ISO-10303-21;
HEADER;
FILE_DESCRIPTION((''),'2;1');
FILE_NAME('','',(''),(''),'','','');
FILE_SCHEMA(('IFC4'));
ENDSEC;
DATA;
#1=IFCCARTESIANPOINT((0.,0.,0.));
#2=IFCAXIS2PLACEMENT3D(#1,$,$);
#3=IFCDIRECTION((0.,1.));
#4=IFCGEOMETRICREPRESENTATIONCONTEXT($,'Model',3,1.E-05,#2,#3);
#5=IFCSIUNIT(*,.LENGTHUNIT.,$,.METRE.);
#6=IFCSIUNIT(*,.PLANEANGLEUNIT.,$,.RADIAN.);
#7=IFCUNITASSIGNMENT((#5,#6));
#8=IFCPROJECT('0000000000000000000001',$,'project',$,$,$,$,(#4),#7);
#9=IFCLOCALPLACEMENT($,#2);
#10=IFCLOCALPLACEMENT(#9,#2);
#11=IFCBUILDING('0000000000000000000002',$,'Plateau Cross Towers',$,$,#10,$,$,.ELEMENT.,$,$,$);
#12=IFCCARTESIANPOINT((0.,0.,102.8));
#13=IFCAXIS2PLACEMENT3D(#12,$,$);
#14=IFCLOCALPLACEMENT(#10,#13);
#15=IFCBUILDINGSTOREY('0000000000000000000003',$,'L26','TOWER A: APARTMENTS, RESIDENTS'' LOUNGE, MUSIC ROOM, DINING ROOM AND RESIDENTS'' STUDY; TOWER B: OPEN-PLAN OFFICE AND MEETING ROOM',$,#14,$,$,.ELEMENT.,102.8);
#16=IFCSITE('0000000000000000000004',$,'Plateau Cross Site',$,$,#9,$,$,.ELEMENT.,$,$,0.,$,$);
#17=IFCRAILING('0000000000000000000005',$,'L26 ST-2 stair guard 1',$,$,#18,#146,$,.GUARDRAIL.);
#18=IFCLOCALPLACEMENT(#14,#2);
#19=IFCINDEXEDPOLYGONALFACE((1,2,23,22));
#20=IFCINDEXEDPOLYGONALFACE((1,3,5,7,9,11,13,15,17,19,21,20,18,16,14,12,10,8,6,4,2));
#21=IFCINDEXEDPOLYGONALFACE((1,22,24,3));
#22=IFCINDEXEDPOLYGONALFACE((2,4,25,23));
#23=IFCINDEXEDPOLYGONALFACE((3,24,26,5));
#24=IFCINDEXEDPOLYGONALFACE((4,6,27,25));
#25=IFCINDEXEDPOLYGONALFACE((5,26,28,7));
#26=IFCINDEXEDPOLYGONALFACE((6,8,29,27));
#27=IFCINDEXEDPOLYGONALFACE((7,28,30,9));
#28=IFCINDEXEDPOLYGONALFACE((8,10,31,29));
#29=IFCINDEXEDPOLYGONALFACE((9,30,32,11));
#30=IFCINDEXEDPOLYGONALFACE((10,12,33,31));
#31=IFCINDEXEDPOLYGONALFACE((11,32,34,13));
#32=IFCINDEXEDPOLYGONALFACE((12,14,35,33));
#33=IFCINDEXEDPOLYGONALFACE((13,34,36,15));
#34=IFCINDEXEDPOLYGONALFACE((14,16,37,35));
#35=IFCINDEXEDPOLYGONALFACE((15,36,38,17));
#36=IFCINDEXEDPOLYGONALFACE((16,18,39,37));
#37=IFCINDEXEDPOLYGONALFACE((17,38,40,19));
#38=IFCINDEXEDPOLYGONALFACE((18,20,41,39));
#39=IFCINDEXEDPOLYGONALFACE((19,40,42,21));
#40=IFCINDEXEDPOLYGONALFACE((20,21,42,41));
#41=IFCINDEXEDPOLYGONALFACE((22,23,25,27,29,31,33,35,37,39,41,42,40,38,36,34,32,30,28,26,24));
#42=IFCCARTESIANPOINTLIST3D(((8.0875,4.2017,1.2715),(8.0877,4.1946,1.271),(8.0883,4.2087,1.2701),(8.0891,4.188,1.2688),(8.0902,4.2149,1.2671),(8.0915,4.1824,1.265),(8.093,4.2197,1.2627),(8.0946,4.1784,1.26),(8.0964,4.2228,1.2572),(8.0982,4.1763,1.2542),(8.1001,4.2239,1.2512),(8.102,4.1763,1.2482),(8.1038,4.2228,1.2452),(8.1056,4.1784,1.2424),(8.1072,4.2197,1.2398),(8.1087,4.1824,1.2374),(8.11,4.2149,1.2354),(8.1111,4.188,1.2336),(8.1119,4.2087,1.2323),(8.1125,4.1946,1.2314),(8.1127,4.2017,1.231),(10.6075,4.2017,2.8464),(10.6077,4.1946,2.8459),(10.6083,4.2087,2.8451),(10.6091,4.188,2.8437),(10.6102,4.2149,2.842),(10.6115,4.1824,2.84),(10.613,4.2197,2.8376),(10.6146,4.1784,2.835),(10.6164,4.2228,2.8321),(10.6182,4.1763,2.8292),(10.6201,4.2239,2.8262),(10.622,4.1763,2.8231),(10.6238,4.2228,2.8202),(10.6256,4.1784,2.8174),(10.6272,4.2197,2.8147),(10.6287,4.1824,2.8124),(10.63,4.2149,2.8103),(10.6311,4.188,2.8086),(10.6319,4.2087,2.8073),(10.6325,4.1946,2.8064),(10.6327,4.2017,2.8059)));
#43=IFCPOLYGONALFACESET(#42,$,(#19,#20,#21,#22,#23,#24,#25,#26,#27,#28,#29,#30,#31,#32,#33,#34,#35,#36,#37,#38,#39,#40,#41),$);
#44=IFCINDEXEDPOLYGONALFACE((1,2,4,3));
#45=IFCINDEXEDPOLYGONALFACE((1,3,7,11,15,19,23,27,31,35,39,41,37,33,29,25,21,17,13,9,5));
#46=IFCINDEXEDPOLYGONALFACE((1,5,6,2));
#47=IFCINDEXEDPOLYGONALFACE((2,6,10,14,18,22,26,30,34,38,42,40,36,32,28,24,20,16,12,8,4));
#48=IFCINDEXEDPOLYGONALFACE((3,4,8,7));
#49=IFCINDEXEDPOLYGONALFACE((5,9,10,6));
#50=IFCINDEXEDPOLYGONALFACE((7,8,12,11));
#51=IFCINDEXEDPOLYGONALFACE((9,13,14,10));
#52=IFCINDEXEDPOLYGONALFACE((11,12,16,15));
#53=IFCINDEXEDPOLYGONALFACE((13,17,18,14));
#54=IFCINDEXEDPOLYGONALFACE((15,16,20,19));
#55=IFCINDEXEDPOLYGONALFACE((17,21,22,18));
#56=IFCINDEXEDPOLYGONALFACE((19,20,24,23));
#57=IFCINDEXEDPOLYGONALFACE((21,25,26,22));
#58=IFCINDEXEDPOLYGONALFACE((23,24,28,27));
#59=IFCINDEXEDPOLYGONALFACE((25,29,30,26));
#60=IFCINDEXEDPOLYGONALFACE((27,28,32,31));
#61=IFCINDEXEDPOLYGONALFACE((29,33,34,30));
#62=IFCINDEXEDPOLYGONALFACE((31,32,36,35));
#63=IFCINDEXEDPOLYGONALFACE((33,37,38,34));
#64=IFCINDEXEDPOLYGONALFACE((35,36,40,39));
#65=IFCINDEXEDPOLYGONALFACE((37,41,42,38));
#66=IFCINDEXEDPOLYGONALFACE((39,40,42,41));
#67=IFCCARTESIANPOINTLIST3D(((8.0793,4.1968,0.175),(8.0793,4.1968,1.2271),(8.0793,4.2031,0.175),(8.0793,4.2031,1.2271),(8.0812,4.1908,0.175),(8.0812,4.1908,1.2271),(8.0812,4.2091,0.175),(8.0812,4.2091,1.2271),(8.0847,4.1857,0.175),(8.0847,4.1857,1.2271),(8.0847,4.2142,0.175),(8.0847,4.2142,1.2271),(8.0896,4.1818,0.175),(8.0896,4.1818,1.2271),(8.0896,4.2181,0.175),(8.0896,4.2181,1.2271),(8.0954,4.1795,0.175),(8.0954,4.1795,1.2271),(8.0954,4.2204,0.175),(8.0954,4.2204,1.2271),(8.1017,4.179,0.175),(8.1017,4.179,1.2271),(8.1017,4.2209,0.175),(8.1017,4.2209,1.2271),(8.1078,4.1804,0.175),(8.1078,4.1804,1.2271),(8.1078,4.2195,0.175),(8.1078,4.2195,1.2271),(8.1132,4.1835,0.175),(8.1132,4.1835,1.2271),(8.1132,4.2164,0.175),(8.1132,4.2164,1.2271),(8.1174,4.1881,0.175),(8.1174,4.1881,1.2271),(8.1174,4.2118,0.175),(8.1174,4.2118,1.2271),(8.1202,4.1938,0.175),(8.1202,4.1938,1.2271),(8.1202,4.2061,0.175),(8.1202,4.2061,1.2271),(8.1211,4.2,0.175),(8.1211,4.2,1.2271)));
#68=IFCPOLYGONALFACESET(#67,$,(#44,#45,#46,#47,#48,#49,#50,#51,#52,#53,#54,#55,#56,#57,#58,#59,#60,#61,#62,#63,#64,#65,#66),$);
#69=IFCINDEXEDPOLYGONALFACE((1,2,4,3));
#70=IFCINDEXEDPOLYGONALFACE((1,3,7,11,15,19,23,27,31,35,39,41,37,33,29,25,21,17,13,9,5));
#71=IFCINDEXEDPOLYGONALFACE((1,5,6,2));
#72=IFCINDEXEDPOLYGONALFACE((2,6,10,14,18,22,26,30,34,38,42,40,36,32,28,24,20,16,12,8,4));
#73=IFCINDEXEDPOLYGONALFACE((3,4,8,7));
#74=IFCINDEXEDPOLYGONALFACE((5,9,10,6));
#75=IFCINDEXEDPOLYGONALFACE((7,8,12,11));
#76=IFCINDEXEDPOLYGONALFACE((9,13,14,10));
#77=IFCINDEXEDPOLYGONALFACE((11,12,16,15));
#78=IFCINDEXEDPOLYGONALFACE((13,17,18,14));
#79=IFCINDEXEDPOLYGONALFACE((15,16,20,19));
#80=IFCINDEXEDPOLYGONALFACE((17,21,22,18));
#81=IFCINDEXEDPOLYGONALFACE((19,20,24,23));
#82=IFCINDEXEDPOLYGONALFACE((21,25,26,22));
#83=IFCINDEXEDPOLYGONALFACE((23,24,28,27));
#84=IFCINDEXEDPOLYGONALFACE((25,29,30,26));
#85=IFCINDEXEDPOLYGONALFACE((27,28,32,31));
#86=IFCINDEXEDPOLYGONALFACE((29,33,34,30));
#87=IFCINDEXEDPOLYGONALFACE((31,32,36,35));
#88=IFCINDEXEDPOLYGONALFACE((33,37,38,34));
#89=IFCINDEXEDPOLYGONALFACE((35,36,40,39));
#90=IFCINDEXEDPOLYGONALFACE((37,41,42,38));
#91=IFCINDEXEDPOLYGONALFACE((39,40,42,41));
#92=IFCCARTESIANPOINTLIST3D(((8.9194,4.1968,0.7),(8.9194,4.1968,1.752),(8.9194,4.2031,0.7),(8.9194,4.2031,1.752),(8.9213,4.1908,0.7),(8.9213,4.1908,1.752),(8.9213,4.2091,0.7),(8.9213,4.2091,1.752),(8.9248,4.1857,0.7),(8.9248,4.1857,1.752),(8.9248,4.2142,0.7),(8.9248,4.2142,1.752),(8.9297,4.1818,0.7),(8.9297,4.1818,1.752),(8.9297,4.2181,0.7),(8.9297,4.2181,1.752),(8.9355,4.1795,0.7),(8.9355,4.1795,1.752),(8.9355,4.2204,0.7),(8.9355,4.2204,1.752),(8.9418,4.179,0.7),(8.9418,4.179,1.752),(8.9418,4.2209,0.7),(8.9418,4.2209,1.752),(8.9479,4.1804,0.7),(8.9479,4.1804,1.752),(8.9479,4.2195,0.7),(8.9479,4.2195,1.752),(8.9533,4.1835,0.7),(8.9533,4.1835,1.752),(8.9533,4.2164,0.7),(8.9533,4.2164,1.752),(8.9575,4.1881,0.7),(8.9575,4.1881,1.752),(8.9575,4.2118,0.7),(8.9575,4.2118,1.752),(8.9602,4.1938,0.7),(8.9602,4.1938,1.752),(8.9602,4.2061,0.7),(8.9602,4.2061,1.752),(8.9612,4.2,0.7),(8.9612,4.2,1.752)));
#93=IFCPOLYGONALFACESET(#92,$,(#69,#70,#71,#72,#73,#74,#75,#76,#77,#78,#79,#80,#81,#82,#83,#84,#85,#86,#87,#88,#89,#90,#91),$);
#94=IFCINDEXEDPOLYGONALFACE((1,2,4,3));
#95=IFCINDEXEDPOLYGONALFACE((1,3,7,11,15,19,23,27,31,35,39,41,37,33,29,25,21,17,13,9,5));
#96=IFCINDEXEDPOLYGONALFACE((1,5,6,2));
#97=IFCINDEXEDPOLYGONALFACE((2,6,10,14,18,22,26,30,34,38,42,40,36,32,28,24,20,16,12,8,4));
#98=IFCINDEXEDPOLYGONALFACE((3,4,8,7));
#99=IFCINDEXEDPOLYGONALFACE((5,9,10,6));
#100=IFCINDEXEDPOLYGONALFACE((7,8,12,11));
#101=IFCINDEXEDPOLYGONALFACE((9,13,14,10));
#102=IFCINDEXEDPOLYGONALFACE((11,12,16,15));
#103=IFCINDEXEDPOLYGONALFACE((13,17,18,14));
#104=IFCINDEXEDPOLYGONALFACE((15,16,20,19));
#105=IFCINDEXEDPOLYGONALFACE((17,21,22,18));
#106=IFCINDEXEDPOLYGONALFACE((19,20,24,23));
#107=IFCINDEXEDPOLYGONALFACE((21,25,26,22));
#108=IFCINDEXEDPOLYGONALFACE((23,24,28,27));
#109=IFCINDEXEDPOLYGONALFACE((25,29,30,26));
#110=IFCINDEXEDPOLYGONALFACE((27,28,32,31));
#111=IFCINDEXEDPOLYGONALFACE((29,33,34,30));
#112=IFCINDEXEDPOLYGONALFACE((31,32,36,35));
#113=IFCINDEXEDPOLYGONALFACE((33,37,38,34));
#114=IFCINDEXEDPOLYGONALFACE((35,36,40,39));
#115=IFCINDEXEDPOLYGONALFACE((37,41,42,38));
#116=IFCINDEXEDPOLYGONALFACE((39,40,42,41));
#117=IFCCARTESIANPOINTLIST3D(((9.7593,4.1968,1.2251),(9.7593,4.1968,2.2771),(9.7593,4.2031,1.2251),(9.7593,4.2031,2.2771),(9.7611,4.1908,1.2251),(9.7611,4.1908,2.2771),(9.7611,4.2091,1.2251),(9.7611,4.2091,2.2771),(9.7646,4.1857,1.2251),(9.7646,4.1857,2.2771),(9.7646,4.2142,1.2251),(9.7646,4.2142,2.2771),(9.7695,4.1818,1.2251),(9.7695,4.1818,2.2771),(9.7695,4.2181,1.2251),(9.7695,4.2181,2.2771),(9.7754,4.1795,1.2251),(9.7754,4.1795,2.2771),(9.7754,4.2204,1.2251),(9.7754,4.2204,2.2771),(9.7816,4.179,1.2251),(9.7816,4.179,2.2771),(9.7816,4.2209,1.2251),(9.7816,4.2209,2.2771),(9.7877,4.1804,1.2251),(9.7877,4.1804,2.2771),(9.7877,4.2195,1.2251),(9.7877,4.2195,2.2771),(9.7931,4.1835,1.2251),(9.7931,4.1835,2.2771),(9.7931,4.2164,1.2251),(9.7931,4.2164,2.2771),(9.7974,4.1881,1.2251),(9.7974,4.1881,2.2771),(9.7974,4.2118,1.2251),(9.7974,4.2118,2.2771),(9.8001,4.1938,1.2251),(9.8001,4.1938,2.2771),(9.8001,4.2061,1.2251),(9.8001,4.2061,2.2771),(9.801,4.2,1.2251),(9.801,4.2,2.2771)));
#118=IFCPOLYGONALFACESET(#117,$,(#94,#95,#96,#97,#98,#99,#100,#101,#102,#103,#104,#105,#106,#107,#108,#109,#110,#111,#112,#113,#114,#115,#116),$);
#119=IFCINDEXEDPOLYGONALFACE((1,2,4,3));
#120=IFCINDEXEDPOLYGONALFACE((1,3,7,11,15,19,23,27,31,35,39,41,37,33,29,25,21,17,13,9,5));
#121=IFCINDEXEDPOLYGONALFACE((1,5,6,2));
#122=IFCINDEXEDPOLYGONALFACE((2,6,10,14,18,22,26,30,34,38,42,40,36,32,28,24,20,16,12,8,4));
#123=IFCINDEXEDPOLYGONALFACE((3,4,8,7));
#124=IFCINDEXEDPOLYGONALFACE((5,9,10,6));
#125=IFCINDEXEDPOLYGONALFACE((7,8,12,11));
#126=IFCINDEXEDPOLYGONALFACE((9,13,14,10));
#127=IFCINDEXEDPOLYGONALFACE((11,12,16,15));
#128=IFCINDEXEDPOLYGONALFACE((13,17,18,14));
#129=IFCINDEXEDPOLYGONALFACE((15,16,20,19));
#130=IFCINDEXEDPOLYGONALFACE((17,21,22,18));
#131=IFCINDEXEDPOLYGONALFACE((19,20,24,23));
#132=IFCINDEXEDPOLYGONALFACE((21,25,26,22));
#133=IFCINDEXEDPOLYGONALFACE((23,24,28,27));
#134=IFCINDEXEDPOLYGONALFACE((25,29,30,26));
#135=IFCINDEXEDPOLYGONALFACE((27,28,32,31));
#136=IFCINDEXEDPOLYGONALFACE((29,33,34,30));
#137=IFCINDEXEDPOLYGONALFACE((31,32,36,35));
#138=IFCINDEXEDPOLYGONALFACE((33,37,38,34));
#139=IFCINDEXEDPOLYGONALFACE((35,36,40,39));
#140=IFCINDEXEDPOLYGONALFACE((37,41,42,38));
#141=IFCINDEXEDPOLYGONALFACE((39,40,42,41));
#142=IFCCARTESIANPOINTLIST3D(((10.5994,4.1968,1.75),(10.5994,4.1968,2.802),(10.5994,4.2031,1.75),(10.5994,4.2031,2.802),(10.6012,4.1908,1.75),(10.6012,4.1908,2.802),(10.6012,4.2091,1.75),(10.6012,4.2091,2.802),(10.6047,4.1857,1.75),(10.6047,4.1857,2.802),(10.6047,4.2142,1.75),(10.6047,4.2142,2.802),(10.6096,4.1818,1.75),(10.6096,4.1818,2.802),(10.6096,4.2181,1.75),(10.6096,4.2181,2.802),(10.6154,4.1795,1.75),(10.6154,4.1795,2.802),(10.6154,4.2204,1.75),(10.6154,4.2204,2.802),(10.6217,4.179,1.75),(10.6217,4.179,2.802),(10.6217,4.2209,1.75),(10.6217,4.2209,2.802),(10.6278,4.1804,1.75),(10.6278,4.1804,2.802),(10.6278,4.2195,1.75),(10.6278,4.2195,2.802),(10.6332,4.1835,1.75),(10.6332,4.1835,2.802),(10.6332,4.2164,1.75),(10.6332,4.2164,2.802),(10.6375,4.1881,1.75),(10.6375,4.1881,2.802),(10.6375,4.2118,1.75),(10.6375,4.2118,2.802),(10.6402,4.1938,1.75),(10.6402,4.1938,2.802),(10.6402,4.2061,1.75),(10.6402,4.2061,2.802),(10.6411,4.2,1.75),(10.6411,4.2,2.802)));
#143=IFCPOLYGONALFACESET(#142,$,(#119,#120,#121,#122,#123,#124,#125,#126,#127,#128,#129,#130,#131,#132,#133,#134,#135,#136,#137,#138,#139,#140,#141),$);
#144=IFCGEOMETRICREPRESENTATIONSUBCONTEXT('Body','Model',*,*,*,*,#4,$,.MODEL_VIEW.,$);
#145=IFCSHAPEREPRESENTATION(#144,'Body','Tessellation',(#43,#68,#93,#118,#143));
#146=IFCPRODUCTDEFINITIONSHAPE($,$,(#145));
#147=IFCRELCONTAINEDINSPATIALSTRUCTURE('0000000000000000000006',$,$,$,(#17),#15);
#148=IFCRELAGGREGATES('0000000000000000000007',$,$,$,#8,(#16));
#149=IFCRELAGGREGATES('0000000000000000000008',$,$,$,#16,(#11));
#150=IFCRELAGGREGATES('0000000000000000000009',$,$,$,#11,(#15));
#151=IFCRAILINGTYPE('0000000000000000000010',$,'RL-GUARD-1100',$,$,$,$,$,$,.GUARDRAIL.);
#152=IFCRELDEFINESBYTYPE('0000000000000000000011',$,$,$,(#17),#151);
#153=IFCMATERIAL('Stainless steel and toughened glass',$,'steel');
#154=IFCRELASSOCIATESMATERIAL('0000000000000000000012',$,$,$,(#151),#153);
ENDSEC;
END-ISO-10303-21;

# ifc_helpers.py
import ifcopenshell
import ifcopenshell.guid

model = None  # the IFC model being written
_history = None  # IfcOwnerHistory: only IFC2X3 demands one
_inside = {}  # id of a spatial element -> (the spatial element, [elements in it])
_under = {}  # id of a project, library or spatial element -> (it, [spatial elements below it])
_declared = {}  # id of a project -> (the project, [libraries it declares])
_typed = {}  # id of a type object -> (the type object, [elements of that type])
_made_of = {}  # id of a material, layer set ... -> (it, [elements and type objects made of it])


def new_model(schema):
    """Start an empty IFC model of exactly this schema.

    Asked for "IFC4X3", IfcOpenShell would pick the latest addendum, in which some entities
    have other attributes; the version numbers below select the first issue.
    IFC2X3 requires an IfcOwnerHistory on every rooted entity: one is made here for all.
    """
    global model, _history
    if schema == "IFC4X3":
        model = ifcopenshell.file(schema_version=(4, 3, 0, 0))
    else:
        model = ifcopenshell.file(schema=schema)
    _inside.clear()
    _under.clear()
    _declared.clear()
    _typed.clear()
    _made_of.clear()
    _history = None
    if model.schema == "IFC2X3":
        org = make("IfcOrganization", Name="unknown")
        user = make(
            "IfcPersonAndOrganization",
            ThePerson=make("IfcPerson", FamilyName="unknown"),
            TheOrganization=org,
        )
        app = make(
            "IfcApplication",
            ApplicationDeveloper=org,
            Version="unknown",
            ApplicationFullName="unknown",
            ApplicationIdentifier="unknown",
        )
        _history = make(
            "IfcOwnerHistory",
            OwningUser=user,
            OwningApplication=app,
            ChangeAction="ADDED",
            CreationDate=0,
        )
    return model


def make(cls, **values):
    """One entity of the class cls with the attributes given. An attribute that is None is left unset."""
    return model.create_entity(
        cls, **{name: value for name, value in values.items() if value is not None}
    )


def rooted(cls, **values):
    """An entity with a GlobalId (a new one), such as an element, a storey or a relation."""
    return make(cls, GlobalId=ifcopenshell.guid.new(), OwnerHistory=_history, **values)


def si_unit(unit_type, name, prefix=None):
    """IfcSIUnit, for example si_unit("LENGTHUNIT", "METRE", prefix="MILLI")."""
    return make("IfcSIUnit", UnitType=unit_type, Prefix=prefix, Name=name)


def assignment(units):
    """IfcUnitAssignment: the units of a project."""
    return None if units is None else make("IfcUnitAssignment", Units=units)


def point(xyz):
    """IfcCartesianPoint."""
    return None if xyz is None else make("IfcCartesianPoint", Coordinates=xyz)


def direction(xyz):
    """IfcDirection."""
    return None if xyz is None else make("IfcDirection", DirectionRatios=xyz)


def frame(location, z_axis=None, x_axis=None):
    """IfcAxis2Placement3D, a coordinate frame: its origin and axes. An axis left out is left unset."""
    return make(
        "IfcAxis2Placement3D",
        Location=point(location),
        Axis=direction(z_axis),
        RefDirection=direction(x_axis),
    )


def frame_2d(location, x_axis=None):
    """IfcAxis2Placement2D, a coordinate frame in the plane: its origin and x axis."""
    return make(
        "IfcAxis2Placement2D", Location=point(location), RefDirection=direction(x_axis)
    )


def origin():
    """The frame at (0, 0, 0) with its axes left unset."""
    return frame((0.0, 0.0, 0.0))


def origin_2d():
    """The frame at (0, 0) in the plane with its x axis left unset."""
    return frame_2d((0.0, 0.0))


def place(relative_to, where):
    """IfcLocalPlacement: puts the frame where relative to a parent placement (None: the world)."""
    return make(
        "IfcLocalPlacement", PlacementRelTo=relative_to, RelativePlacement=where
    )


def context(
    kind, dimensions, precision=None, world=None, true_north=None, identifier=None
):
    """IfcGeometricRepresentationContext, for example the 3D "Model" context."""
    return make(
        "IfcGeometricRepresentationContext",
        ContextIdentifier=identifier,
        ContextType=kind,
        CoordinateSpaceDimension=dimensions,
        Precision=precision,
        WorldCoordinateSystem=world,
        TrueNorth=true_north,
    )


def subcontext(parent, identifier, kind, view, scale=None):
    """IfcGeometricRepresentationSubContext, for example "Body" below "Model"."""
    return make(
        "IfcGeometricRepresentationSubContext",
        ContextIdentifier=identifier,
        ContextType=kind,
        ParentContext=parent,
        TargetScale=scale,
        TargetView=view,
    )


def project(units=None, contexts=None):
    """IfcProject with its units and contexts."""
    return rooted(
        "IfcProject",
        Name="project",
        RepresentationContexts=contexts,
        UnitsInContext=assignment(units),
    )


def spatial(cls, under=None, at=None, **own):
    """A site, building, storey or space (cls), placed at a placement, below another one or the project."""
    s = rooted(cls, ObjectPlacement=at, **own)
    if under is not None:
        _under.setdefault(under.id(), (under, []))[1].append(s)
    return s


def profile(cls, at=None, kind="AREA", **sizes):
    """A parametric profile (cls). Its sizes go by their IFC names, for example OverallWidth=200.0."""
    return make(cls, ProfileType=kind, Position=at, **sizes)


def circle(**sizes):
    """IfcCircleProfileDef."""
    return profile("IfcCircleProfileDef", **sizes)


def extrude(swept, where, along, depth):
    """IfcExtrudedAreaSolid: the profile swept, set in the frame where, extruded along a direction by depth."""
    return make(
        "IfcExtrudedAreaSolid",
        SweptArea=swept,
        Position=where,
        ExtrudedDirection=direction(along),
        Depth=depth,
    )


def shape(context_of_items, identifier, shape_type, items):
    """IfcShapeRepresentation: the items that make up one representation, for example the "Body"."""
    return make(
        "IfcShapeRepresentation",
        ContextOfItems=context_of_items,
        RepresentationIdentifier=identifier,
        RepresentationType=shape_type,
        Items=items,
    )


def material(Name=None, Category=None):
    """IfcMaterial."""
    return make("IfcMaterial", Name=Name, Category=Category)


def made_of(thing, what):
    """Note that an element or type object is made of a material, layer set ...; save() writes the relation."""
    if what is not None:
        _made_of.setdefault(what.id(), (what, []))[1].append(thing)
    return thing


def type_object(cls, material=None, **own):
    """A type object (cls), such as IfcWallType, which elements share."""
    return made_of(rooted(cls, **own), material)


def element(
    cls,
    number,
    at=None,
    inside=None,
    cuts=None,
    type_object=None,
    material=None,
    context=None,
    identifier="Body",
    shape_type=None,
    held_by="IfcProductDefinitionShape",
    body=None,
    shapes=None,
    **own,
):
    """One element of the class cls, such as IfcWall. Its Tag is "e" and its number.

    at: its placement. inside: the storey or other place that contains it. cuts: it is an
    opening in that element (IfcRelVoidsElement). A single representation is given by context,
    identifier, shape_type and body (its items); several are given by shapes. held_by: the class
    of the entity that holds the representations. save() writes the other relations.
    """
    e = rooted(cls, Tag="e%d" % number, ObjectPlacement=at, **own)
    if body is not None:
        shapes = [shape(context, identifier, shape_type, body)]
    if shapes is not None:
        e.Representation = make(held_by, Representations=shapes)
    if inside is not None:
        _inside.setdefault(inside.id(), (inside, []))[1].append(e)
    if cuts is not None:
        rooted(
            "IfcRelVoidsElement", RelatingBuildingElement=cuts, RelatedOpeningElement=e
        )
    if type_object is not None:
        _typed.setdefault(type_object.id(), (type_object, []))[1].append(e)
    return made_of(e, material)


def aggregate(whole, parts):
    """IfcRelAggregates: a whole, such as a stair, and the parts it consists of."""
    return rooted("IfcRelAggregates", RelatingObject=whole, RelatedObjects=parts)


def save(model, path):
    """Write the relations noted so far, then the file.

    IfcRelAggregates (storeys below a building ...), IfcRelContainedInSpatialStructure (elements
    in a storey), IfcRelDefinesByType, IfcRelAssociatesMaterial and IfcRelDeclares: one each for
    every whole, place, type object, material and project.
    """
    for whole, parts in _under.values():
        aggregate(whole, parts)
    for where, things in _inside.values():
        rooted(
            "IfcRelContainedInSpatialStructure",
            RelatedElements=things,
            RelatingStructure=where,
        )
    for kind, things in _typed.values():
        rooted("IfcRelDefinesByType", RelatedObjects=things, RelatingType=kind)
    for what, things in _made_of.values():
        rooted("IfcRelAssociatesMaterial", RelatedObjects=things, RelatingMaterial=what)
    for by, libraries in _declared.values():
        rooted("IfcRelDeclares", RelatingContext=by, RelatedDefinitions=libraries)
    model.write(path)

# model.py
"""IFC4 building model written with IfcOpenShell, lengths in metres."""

from ifc_helpers import new_model, si_unit, direction, frame, origin, origin_2d, place, context, subcontext, project, spatial, circle, extrude, material, type_object, element, save


model = new_model("IFC4")

# Units and contexts
model_context = context("Model", 3, precision=1e-05, world=origin(), true_north=direction((0.0, 1.0)))
body_context = subcontext(model_context, "Body", "Model", "MODEL_VIEW")
ifc_project = project(units=[si_unit("LENGTHUNIT", "METRE"), si_unit("PLANEANGLEUNIT", "RADIAN")], contexts=[model_context])

# Site, building, storey
site_placement = place(None, origin())
site = spatial("IfcSite", under=ifc_project, at=site_placement, Name="Plateau Cross Site", CompositionType="ELEMENT", RefElevation=0.0)
building_placement = place(site_placement, origin())
building = spatial("IfcBuilding", under=site, at=building_placement, Name="Plateau Cross Towers", CompositionType="ELEMENT")
storey_placement = place(building_placement, frame((0.0, 0.0, 102.8)))
storey = spatial("IfcBuildingStorey", under=building, at=storey_placement, Name="L26", Description="TOWER A: APARTMENTS, RESIDENTS' LOUNGE, MUSIC ROOM, DINING ROOM AND RESIDENTS' STUDY; TOWER B: OPEN-PLAN OFFICE AND MEETING ROOM", CompositionType="ELEMENT", Elevation=102.8)

# Railing
ifc_material_1 = material(Name="Stainless steel and toughened glass", Category="steel")
railing_type_1 = type_object("IfcRailingType", Name="RL-GUARD-1100", PredefinedType="GUARDRAIL", material=ifc_material_1)
railing_1_placement = place(storey_placement, frame((8.1001, 4.2, 0.175)))
element("IfcRailing", 1, at=railing_1_placement, inside=storey, type_object=railing_type_1, Name="L26 ST-2 stair guard 1", PredefinedType="GUARDRAIL", context=body_context, shape_type="SweptSolid", body=[
    extrude(circle(Radius=0.0239, at=origin_2d()), frame((0.0, 0.0, 1.0762), z_axis=(0.848008, 0.0, 0.529984), x_axis=(0.0, 1.0, 0.0)), (0.0, 0.0, 1.0), 2.9717),
    extrude(circle(Radius=0.021, at=origin_2d()), origin(), (0.0, 0.0, 1.0), 1.052),
    extrude(circle(Radius=0.021, at=origin_2d()), frame((0.8401, 0.0, 0.5249)), (0.0, 0.0, 1.0), 1.052),
    extrude(circle(Radius=0.021, at=origin_2d()), frame((1.6799, 0.0, 1.05)), (0.0, 0.0, 1.0), 1.052),
    extrude(circle(Radius=0.021, at=origin_2d()), frame((2.52, 0.0, 1.575)), (0.0, 0.0, 1.0), 1.052),
])

save(model, "model.ifc")
